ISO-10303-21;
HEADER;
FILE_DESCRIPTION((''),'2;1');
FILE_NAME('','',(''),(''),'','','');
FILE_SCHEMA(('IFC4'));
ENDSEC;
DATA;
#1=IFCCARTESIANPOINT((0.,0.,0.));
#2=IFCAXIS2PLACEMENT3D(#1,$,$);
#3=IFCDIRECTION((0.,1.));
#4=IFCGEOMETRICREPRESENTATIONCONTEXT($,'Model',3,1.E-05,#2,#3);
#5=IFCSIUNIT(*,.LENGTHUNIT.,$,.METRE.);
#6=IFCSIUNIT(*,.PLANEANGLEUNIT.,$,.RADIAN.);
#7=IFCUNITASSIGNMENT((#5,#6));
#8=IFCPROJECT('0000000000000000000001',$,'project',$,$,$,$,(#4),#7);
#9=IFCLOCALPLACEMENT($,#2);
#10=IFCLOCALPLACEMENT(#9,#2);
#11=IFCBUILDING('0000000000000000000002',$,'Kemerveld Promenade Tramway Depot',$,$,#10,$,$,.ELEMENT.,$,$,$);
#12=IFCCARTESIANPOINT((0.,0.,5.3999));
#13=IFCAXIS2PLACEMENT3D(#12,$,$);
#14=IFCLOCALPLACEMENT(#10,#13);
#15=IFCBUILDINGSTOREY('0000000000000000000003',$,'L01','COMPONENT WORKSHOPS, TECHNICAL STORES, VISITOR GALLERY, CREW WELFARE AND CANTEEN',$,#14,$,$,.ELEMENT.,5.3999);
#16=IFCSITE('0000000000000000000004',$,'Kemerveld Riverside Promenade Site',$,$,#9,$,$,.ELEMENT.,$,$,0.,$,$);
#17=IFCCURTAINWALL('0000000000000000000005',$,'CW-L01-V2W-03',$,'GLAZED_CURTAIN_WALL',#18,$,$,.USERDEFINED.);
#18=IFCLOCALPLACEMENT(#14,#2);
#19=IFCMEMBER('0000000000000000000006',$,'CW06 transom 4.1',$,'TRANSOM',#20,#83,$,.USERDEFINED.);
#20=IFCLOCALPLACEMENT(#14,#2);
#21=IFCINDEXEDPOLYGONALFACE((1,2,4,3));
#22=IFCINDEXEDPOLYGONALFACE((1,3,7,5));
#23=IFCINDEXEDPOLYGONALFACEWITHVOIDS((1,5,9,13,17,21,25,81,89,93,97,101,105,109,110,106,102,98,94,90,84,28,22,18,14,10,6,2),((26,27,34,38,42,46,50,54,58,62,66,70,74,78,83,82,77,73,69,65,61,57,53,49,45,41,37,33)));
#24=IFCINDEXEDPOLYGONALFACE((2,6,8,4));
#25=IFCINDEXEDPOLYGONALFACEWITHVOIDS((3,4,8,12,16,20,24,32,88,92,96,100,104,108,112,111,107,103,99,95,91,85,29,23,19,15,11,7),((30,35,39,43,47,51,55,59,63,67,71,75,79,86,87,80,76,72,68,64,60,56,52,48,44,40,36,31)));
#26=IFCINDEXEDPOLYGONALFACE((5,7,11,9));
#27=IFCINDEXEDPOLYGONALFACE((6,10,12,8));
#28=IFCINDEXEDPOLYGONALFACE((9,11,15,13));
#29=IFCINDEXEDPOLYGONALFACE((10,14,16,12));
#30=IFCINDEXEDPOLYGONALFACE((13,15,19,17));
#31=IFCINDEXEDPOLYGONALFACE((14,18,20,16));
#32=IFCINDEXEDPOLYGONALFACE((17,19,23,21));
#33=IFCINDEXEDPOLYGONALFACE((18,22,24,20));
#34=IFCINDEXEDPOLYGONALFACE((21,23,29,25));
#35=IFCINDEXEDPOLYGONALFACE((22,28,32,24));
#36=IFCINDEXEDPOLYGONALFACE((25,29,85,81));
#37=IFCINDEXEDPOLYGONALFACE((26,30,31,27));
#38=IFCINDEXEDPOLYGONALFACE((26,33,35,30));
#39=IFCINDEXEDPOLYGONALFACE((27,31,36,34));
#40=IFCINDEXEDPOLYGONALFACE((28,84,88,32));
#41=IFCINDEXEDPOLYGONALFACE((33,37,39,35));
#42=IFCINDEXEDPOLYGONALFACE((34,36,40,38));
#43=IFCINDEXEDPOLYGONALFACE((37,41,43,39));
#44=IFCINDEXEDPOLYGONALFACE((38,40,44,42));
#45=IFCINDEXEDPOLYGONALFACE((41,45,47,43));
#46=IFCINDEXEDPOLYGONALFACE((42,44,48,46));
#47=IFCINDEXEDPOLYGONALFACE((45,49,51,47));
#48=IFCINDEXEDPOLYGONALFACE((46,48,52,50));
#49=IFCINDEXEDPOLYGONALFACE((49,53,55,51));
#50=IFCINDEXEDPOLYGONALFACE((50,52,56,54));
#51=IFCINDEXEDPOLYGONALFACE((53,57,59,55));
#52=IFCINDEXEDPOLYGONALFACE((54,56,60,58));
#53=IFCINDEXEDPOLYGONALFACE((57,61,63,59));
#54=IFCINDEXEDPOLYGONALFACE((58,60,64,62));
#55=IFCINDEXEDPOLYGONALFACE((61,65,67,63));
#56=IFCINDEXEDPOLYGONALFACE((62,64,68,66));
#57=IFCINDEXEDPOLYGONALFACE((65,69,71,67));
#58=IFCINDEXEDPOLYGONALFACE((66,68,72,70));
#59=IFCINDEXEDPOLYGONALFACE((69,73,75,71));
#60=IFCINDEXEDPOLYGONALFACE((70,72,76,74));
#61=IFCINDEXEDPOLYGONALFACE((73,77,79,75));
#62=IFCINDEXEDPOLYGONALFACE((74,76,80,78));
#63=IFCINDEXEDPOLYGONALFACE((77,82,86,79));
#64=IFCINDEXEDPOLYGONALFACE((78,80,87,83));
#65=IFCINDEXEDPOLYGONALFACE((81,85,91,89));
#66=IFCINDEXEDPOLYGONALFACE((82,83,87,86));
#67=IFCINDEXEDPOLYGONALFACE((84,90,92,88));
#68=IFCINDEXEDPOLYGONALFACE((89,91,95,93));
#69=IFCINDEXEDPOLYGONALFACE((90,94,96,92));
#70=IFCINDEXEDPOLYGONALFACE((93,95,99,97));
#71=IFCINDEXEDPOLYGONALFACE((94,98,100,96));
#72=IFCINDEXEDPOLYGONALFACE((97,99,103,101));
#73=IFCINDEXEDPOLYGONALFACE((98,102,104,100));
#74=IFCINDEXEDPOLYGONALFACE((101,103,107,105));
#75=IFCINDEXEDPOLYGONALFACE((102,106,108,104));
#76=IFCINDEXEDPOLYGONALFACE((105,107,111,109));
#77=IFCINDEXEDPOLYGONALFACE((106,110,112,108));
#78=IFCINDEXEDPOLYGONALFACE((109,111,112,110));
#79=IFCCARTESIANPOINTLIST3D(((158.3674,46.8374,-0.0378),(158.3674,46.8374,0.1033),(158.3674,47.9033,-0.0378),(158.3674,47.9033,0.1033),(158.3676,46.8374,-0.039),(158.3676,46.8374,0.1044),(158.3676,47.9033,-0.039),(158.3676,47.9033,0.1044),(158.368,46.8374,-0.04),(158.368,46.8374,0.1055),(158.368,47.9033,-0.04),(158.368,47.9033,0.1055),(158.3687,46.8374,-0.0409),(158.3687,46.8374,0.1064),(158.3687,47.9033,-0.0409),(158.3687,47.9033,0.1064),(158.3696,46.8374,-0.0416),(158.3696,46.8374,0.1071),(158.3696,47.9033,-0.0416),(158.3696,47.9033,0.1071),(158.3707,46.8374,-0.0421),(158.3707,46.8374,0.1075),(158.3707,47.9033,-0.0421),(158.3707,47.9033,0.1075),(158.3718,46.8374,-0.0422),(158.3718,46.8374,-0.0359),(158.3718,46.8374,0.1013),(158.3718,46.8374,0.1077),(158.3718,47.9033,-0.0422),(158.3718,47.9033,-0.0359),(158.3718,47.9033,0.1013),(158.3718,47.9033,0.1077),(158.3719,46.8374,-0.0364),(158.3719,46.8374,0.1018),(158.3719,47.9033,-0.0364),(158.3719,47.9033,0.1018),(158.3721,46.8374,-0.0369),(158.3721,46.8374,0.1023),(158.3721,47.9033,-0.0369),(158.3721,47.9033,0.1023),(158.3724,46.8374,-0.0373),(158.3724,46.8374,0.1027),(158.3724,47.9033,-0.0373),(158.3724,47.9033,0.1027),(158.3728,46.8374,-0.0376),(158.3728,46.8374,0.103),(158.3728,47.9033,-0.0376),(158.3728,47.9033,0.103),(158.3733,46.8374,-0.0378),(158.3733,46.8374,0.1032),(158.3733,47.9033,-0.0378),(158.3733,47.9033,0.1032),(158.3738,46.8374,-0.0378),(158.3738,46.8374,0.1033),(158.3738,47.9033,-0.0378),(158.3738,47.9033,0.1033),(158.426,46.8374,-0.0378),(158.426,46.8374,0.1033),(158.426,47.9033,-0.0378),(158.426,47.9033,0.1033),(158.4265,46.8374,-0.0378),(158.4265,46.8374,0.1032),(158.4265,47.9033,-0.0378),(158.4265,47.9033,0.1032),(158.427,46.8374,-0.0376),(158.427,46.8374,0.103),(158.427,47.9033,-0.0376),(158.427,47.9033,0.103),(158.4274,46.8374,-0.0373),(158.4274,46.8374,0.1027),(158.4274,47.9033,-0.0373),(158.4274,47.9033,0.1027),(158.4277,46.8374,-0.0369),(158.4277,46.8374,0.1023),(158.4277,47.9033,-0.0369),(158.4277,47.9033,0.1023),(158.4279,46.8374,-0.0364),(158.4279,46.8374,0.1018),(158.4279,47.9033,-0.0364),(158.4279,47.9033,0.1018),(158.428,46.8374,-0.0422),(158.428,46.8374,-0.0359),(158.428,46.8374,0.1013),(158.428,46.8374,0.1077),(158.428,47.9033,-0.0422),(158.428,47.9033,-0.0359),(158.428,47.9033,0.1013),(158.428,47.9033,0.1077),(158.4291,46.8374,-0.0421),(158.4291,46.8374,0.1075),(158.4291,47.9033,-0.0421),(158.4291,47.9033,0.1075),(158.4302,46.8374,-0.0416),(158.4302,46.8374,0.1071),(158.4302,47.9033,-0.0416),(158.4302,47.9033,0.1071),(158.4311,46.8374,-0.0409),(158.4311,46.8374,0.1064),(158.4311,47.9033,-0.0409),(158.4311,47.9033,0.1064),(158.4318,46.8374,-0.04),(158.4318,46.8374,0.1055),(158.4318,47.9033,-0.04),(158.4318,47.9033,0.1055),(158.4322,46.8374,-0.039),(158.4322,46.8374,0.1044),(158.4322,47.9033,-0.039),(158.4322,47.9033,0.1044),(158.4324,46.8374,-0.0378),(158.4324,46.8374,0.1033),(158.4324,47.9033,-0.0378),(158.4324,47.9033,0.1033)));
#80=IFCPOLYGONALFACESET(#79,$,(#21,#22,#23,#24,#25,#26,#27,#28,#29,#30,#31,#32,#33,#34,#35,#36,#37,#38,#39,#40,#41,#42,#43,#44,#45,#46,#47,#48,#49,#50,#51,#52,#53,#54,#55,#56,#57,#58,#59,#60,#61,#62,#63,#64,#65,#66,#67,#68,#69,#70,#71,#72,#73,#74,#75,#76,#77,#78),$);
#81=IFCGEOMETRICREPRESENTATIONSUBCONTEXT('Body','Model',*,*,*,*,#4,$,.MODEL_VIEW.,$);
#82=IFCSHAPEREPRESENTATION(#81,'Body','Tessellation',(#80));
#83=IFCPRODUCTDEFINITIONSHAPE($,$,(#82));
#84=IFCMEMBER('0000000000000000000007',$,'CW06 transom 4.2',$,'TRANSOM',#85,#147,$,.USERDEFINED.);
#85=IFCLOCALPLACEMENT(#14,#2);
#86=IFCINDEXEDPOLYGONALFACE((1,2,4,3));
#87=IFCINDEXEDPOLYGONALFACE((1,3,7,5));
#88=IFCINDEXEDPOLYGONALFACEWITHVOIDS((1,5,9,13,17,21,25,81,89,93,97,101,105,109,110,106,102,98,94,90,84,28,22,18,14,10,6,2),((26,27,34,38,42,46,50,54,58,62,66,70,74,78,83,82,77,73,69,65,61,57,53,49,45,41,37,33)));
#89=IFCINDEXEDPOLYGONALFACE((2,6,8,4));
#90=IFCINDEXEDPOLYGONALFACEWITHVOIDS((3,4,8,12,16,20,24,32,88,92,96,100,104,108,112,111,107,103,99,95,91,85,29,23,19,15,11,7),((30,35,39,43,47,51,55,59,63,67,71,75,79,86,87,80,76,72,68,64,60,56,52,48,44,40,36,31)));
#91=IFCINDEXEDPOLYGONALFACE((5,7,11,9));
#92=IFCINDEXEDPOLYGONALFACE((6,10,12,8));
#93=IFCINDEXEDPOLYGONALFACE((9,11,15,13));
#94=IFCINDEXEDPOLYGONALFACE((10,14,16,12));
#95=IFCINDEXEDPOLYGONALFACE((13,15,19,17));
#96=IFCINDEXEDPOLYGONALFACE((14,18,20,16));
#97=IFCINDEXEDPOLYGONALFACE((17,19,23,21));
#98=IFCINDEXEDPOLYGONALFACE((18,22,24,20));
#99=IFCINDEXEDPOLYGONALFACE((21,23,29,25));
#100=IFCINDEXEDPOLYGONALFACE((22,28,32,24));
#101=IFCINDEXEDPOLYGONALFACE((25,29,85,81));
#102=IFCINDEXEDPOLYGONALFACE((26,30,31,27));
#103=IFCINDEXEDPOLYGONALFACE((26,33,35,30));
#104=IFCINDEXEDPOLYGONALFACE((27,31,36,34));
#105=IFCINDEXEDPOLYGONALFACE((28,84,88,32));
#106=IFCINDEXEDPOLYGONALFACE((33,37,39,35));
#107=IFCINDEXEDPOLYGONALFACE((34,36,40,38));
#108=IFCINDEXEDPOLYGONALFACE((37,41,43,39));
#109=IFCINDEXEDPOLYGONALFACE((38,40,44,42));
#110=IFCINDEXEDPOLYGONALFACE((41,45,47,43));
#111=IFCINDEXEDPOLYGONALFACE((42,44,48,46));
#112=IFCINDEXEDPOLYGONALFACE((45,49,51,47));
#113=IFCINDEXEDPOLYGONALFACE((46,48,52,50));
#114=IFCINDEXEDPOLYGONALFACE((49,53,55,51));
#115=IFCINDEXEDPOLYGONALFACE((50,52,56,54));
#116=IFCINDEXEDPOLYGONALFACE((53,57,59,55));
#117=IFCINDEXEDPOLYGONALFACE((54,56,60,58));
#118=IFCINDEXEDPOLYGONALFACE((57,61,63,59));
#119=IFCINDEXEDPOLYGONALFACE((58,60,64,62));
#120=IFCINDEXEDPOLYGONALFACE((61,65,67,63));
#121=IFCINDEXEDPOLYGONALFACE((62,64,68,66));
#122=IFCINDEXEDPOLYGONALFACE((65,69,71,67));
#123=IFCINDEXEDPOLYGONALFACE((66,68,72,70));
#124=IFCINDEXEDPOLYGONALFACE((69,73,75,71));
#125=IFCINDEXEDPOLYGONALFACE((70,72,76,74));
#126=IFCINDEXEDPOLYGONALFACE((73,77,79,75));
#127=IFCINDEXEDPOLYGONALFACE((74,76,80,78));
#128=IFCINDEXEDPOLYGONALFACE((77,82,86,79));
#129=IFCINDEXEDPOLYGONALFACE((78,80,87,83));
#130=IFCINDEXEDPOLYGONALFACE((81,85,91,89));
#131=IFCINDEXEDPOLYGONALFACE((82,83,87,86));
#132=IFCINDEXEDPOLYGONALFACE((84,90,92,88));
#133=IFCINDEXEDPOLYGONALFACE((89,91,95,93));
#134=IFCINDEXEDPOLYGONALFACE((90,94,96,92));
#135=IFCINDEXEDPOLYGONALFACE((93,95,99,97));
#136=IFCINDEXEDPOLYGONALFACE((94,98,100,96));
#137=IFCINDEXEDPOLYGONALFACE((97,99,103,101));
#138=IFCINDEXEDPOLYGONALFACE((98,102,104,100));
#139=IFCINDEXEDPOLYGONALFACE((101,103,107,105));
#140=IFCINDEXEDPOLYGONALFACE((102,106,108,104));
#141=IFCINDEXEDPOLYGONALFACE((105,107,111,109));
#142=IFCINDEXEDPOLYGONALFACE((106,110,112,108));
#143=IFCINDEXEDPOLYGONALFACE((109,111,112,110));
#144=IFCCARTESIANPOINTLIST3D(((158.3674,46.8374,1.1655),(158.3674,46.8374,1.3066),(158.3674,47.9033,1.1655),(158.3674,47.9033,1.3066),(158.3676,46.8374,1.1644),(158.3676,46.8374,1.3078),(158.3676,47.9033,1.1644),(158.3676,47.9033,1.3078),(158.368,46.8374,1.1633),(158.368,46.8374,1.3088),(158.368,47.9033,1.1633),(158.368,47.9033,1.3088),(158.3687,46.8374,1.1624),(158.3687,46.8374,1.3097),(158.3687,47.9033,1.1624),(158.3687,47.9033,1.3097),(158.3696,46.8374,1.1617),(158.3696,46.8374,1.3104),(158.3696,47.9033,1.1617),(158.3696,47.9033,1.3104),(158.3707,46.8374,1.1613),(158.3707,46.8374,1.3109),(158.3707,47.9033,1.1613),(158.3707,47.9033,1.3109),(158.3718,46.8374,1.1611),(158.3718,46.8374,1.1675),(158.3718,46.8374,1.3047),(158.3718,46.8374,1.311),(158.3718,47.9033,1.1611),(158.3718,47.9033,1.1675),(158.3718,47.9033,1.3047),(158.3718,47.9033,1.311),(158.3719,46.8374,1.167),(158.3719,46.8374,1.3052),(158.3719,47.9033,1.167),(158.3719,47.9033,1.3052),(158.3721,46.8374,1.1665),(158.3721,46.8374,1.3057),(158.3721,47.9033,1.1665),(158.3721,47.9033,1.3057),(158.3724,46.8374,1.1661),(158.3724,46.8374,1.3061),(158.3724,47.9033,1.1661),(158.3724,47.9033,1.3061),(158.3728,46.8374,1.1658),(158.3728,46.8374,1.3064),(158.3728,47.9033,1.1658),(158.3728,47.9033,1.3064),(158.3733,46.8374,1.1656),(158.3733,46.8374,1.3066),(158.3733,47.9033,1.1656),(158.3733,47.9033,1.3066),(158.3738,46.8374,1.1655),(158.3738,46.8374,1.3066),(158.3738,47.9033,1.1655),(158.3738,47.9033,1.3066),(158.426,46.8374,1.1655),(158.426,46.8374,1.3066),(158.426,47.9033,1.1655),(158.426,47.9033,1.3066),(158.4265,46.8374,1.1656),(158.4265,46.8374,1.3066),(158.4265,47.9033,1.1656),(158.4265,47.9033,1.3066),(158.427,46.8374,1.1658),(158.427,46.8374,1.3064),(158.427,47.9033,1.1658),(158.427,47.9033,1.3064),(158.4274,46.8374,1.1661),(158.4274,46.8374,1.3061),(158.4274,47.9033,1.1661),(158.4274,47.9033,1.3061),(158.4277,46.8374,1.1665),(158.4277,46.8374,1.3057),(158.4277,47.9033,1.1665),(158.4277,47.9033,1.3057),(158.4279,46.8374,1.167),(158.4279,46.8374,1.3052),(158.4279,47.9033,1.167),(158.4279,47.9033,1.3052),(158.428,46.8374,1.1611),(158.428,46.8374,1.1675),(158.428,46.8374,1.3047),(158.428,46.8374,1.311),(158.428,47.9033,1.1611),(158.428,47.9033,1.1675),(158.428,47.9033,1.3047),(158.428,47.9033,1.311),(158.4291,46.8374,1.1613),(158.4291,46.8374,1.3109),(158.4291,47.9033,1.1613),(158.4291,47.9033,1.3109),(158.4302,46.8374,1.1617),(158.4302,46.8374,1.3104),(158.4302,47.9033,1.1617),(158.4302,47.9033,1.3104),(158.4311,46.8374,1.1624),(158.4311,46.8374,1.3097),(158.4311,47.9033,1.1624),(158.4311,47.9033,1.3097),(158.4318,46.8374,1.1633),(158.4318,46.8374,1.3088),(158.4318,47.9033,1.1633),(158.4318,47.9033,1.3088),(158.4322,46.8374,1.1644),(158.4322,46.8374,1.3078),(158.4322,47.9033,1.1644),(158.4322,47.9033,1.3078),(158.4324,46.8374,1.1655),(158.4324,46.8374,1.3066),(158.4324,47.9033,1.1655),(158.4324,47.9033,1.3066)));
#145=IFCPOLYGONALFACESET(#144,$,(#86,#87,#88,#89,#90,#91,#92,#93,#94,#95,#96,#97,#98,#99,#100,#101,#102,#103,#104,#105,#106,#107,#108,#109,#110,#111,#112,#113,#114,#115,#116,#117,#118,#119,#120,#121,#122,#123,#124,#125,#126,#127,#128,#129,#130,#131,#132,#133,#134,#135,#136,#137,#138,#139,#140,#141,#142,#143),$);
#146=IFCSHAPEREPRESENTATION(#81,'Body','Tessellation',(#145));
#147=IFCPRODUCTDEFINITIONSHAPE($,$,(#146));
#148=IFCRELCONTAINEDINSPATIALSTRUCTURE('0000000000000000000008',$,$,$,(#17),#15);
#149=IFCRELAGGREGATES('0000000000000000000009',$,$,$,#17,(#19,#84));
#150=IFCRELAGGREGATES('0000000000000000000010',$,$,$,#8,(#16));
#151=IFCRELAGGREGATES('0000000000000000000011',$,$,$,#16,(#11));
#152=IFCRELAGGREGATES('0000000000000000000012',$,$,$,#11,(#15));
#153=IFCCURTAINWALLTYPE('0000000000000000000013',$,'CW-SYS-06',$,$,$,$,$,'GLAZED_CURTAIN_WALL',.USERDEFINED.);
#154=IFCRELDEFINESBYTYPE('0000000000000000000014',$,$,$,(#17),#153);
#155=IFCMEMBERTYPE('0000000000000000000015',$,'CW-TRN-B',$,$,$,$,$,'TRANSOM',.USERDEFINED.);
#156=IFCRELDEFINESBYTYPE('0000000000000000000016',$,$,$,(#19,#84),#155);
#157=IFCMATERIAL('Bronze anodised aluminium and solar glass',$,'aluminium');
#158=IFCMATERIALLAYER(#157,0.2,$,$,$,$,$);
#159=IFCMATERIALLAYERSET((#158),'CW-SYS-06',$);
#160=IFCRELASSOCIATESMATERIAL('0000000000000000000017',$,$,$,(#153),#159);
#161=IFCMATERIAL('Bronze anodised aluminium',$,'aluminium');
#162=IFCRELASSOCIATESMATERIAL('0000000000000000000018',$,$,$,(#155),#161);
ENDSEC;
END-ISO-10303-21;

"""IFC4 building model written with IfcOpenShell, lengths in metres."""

from ifc_helpers import new_model, si_unit, direction, frame, origin, origin_2d, place, context, subcontext, project, spatial, hollow_rectangle, extrude, material, layer, layer_set, material_profile, profile_set, type_object, element, aggregate, save


model = new_model("IFC4")

# Units and contexts
model_context = context("Model", 3, precision=1e-05, world=origin(), true_north=direction((0.0, 1.0)))
body_context = subcontext(model_context, "Body", "Model", "MODEL_VIEW")
ifc_project = project(units=[si_unit("LENGTHUNIT", "METRE"), si_unit("PLANEANGLEUNIT", "RADIAN")], contexts=[model_context])

# Site, building, storey
site_placement = place(None, origin())
site = spatial("IfcSite", under=ifc_project, at=site_placement, Name="Kemerveld Riverside Promenade Site", CompositionType="ELEMENT", RefElevation=0.0)
building_placement = place(site_placement, origin())
building = spatial("IfcBuilding", under=site, at=building_placement, Name="Kemerveld Promenade Tramway Depot", CompositionType="ELEMENT")
storey_placement = place(building_placement, frame((0.0, 0.0, 5.3999)))
storey = spatial("IfcBuildingStorey", under=building, at=storey_placement, Name="L01", Description="COMPONENT WORKSHOPS, TECHNICAL STORES, VISITOR GALLERY, CREW WELFARE AND CANTEEN", CompositionType="ELEMENT", Elevation=5.3999)

# Curtain wall, members
ifc_material_1 = material(Name="Bronze anodised aluminium and solar glass", Category="aluminium")
ifc_layer_1 = layer(ifc_material_1, 0.2)
ifc_layer_set_1 = layer_set([ifc_layer_1], Name="CW-SYS-06")
curtain_wall_type = type_object("IfcCurtainWallType", Name="CW-SYS-06", ElementType="GLAZED_CURTAIN_WALL", PredefinedType="USERDEFINED", material=ifc_layer_set_1)
curtain_wall_placement = place(storey_placement, origin())
curtain_wall = element("IfcCurtainWall", 1, at=curtain_wall_placement, inside=storey, type_object=curtain_wall_type, Name="CW-L01-V2W-03", ObjectType="GLAZED_CURTAIN_WALL", PredefinedType="USERDEFINED")
ifc_material_2 = material(Name="Bronze anodised aluminium", Category="aluminium")
ifc_material_profile_1 = material_profile(ifc_material_2, hollow_rectangle(XDim=0.0649, YDim=0.1499, WallThickness=0.0044, InnerFilletRadius=0.002, OuterFilletRadius=0.0044, at=origin_2d()), Name="CW-TRN-150x65")
ifc_profile_set_1 = profile_set([ifc_material_profile_1], Name="Bronze anodised aluminium")
member_type_1 = type_object("IfcMemberType", Name="CW-TRN-B", ElementType="TRANSOM", PredefinedType="USERDEFINED", material=ifc_profile_set_1)
member_1_placement = place(storey_placement, frame((158.3999, 46.8374, 0.0327), z_axis=(0.0, 1.0, 0.0), x_axis=(-1.0, 0.0, 0.0)))
member_1 = element("IfcMember", 2, at=member_1_placement, type_object=member_type_1, Name="CW06 transom 4.1", ObjectType="TRANSOM", PredefinedType="USERDEFINED", context=body_context, shape_type="SweptSolid", body=[
    extrude(hollow_rectangle(XDim=0.0649, YDim=0.1499, WallThickness=0.0044, InnerFilletRadius=0.002, OuterFilletRadius=0.0044, at=origin_2d()), origin(), (0.0, 0.0, 1.0), 1.0659),
])
member_2_placement = place(storey_placement, frame((158.3999, 46.8374, 1.2361), z_axis=(0.0, 1.0, 0.0), x_axis=(-1.0, 0.0, 0.0)))
member_2 = element("IfcMember", 3, at=member_2_placement, type_object=member_type_1, Name="CW06 transom 4.2", ObjectType="TRANSOM", PredefinedType="USERDEFINED", context=body_context, shape_type="SweptSolid", body=[
    extrude(hollow_rectangle(XDim=0.0649, YDim=0.1499, WallThickness=0.0044, InnerFilletRadius=0.002, OuterFilletRadius=0.0044, at=origin_2d()), origin(), (0.0, 0.0, 1.0), 1.0659),
])
aggregate(curtain_wall, [member_1, member_2])

save(model, "model.ifc")
